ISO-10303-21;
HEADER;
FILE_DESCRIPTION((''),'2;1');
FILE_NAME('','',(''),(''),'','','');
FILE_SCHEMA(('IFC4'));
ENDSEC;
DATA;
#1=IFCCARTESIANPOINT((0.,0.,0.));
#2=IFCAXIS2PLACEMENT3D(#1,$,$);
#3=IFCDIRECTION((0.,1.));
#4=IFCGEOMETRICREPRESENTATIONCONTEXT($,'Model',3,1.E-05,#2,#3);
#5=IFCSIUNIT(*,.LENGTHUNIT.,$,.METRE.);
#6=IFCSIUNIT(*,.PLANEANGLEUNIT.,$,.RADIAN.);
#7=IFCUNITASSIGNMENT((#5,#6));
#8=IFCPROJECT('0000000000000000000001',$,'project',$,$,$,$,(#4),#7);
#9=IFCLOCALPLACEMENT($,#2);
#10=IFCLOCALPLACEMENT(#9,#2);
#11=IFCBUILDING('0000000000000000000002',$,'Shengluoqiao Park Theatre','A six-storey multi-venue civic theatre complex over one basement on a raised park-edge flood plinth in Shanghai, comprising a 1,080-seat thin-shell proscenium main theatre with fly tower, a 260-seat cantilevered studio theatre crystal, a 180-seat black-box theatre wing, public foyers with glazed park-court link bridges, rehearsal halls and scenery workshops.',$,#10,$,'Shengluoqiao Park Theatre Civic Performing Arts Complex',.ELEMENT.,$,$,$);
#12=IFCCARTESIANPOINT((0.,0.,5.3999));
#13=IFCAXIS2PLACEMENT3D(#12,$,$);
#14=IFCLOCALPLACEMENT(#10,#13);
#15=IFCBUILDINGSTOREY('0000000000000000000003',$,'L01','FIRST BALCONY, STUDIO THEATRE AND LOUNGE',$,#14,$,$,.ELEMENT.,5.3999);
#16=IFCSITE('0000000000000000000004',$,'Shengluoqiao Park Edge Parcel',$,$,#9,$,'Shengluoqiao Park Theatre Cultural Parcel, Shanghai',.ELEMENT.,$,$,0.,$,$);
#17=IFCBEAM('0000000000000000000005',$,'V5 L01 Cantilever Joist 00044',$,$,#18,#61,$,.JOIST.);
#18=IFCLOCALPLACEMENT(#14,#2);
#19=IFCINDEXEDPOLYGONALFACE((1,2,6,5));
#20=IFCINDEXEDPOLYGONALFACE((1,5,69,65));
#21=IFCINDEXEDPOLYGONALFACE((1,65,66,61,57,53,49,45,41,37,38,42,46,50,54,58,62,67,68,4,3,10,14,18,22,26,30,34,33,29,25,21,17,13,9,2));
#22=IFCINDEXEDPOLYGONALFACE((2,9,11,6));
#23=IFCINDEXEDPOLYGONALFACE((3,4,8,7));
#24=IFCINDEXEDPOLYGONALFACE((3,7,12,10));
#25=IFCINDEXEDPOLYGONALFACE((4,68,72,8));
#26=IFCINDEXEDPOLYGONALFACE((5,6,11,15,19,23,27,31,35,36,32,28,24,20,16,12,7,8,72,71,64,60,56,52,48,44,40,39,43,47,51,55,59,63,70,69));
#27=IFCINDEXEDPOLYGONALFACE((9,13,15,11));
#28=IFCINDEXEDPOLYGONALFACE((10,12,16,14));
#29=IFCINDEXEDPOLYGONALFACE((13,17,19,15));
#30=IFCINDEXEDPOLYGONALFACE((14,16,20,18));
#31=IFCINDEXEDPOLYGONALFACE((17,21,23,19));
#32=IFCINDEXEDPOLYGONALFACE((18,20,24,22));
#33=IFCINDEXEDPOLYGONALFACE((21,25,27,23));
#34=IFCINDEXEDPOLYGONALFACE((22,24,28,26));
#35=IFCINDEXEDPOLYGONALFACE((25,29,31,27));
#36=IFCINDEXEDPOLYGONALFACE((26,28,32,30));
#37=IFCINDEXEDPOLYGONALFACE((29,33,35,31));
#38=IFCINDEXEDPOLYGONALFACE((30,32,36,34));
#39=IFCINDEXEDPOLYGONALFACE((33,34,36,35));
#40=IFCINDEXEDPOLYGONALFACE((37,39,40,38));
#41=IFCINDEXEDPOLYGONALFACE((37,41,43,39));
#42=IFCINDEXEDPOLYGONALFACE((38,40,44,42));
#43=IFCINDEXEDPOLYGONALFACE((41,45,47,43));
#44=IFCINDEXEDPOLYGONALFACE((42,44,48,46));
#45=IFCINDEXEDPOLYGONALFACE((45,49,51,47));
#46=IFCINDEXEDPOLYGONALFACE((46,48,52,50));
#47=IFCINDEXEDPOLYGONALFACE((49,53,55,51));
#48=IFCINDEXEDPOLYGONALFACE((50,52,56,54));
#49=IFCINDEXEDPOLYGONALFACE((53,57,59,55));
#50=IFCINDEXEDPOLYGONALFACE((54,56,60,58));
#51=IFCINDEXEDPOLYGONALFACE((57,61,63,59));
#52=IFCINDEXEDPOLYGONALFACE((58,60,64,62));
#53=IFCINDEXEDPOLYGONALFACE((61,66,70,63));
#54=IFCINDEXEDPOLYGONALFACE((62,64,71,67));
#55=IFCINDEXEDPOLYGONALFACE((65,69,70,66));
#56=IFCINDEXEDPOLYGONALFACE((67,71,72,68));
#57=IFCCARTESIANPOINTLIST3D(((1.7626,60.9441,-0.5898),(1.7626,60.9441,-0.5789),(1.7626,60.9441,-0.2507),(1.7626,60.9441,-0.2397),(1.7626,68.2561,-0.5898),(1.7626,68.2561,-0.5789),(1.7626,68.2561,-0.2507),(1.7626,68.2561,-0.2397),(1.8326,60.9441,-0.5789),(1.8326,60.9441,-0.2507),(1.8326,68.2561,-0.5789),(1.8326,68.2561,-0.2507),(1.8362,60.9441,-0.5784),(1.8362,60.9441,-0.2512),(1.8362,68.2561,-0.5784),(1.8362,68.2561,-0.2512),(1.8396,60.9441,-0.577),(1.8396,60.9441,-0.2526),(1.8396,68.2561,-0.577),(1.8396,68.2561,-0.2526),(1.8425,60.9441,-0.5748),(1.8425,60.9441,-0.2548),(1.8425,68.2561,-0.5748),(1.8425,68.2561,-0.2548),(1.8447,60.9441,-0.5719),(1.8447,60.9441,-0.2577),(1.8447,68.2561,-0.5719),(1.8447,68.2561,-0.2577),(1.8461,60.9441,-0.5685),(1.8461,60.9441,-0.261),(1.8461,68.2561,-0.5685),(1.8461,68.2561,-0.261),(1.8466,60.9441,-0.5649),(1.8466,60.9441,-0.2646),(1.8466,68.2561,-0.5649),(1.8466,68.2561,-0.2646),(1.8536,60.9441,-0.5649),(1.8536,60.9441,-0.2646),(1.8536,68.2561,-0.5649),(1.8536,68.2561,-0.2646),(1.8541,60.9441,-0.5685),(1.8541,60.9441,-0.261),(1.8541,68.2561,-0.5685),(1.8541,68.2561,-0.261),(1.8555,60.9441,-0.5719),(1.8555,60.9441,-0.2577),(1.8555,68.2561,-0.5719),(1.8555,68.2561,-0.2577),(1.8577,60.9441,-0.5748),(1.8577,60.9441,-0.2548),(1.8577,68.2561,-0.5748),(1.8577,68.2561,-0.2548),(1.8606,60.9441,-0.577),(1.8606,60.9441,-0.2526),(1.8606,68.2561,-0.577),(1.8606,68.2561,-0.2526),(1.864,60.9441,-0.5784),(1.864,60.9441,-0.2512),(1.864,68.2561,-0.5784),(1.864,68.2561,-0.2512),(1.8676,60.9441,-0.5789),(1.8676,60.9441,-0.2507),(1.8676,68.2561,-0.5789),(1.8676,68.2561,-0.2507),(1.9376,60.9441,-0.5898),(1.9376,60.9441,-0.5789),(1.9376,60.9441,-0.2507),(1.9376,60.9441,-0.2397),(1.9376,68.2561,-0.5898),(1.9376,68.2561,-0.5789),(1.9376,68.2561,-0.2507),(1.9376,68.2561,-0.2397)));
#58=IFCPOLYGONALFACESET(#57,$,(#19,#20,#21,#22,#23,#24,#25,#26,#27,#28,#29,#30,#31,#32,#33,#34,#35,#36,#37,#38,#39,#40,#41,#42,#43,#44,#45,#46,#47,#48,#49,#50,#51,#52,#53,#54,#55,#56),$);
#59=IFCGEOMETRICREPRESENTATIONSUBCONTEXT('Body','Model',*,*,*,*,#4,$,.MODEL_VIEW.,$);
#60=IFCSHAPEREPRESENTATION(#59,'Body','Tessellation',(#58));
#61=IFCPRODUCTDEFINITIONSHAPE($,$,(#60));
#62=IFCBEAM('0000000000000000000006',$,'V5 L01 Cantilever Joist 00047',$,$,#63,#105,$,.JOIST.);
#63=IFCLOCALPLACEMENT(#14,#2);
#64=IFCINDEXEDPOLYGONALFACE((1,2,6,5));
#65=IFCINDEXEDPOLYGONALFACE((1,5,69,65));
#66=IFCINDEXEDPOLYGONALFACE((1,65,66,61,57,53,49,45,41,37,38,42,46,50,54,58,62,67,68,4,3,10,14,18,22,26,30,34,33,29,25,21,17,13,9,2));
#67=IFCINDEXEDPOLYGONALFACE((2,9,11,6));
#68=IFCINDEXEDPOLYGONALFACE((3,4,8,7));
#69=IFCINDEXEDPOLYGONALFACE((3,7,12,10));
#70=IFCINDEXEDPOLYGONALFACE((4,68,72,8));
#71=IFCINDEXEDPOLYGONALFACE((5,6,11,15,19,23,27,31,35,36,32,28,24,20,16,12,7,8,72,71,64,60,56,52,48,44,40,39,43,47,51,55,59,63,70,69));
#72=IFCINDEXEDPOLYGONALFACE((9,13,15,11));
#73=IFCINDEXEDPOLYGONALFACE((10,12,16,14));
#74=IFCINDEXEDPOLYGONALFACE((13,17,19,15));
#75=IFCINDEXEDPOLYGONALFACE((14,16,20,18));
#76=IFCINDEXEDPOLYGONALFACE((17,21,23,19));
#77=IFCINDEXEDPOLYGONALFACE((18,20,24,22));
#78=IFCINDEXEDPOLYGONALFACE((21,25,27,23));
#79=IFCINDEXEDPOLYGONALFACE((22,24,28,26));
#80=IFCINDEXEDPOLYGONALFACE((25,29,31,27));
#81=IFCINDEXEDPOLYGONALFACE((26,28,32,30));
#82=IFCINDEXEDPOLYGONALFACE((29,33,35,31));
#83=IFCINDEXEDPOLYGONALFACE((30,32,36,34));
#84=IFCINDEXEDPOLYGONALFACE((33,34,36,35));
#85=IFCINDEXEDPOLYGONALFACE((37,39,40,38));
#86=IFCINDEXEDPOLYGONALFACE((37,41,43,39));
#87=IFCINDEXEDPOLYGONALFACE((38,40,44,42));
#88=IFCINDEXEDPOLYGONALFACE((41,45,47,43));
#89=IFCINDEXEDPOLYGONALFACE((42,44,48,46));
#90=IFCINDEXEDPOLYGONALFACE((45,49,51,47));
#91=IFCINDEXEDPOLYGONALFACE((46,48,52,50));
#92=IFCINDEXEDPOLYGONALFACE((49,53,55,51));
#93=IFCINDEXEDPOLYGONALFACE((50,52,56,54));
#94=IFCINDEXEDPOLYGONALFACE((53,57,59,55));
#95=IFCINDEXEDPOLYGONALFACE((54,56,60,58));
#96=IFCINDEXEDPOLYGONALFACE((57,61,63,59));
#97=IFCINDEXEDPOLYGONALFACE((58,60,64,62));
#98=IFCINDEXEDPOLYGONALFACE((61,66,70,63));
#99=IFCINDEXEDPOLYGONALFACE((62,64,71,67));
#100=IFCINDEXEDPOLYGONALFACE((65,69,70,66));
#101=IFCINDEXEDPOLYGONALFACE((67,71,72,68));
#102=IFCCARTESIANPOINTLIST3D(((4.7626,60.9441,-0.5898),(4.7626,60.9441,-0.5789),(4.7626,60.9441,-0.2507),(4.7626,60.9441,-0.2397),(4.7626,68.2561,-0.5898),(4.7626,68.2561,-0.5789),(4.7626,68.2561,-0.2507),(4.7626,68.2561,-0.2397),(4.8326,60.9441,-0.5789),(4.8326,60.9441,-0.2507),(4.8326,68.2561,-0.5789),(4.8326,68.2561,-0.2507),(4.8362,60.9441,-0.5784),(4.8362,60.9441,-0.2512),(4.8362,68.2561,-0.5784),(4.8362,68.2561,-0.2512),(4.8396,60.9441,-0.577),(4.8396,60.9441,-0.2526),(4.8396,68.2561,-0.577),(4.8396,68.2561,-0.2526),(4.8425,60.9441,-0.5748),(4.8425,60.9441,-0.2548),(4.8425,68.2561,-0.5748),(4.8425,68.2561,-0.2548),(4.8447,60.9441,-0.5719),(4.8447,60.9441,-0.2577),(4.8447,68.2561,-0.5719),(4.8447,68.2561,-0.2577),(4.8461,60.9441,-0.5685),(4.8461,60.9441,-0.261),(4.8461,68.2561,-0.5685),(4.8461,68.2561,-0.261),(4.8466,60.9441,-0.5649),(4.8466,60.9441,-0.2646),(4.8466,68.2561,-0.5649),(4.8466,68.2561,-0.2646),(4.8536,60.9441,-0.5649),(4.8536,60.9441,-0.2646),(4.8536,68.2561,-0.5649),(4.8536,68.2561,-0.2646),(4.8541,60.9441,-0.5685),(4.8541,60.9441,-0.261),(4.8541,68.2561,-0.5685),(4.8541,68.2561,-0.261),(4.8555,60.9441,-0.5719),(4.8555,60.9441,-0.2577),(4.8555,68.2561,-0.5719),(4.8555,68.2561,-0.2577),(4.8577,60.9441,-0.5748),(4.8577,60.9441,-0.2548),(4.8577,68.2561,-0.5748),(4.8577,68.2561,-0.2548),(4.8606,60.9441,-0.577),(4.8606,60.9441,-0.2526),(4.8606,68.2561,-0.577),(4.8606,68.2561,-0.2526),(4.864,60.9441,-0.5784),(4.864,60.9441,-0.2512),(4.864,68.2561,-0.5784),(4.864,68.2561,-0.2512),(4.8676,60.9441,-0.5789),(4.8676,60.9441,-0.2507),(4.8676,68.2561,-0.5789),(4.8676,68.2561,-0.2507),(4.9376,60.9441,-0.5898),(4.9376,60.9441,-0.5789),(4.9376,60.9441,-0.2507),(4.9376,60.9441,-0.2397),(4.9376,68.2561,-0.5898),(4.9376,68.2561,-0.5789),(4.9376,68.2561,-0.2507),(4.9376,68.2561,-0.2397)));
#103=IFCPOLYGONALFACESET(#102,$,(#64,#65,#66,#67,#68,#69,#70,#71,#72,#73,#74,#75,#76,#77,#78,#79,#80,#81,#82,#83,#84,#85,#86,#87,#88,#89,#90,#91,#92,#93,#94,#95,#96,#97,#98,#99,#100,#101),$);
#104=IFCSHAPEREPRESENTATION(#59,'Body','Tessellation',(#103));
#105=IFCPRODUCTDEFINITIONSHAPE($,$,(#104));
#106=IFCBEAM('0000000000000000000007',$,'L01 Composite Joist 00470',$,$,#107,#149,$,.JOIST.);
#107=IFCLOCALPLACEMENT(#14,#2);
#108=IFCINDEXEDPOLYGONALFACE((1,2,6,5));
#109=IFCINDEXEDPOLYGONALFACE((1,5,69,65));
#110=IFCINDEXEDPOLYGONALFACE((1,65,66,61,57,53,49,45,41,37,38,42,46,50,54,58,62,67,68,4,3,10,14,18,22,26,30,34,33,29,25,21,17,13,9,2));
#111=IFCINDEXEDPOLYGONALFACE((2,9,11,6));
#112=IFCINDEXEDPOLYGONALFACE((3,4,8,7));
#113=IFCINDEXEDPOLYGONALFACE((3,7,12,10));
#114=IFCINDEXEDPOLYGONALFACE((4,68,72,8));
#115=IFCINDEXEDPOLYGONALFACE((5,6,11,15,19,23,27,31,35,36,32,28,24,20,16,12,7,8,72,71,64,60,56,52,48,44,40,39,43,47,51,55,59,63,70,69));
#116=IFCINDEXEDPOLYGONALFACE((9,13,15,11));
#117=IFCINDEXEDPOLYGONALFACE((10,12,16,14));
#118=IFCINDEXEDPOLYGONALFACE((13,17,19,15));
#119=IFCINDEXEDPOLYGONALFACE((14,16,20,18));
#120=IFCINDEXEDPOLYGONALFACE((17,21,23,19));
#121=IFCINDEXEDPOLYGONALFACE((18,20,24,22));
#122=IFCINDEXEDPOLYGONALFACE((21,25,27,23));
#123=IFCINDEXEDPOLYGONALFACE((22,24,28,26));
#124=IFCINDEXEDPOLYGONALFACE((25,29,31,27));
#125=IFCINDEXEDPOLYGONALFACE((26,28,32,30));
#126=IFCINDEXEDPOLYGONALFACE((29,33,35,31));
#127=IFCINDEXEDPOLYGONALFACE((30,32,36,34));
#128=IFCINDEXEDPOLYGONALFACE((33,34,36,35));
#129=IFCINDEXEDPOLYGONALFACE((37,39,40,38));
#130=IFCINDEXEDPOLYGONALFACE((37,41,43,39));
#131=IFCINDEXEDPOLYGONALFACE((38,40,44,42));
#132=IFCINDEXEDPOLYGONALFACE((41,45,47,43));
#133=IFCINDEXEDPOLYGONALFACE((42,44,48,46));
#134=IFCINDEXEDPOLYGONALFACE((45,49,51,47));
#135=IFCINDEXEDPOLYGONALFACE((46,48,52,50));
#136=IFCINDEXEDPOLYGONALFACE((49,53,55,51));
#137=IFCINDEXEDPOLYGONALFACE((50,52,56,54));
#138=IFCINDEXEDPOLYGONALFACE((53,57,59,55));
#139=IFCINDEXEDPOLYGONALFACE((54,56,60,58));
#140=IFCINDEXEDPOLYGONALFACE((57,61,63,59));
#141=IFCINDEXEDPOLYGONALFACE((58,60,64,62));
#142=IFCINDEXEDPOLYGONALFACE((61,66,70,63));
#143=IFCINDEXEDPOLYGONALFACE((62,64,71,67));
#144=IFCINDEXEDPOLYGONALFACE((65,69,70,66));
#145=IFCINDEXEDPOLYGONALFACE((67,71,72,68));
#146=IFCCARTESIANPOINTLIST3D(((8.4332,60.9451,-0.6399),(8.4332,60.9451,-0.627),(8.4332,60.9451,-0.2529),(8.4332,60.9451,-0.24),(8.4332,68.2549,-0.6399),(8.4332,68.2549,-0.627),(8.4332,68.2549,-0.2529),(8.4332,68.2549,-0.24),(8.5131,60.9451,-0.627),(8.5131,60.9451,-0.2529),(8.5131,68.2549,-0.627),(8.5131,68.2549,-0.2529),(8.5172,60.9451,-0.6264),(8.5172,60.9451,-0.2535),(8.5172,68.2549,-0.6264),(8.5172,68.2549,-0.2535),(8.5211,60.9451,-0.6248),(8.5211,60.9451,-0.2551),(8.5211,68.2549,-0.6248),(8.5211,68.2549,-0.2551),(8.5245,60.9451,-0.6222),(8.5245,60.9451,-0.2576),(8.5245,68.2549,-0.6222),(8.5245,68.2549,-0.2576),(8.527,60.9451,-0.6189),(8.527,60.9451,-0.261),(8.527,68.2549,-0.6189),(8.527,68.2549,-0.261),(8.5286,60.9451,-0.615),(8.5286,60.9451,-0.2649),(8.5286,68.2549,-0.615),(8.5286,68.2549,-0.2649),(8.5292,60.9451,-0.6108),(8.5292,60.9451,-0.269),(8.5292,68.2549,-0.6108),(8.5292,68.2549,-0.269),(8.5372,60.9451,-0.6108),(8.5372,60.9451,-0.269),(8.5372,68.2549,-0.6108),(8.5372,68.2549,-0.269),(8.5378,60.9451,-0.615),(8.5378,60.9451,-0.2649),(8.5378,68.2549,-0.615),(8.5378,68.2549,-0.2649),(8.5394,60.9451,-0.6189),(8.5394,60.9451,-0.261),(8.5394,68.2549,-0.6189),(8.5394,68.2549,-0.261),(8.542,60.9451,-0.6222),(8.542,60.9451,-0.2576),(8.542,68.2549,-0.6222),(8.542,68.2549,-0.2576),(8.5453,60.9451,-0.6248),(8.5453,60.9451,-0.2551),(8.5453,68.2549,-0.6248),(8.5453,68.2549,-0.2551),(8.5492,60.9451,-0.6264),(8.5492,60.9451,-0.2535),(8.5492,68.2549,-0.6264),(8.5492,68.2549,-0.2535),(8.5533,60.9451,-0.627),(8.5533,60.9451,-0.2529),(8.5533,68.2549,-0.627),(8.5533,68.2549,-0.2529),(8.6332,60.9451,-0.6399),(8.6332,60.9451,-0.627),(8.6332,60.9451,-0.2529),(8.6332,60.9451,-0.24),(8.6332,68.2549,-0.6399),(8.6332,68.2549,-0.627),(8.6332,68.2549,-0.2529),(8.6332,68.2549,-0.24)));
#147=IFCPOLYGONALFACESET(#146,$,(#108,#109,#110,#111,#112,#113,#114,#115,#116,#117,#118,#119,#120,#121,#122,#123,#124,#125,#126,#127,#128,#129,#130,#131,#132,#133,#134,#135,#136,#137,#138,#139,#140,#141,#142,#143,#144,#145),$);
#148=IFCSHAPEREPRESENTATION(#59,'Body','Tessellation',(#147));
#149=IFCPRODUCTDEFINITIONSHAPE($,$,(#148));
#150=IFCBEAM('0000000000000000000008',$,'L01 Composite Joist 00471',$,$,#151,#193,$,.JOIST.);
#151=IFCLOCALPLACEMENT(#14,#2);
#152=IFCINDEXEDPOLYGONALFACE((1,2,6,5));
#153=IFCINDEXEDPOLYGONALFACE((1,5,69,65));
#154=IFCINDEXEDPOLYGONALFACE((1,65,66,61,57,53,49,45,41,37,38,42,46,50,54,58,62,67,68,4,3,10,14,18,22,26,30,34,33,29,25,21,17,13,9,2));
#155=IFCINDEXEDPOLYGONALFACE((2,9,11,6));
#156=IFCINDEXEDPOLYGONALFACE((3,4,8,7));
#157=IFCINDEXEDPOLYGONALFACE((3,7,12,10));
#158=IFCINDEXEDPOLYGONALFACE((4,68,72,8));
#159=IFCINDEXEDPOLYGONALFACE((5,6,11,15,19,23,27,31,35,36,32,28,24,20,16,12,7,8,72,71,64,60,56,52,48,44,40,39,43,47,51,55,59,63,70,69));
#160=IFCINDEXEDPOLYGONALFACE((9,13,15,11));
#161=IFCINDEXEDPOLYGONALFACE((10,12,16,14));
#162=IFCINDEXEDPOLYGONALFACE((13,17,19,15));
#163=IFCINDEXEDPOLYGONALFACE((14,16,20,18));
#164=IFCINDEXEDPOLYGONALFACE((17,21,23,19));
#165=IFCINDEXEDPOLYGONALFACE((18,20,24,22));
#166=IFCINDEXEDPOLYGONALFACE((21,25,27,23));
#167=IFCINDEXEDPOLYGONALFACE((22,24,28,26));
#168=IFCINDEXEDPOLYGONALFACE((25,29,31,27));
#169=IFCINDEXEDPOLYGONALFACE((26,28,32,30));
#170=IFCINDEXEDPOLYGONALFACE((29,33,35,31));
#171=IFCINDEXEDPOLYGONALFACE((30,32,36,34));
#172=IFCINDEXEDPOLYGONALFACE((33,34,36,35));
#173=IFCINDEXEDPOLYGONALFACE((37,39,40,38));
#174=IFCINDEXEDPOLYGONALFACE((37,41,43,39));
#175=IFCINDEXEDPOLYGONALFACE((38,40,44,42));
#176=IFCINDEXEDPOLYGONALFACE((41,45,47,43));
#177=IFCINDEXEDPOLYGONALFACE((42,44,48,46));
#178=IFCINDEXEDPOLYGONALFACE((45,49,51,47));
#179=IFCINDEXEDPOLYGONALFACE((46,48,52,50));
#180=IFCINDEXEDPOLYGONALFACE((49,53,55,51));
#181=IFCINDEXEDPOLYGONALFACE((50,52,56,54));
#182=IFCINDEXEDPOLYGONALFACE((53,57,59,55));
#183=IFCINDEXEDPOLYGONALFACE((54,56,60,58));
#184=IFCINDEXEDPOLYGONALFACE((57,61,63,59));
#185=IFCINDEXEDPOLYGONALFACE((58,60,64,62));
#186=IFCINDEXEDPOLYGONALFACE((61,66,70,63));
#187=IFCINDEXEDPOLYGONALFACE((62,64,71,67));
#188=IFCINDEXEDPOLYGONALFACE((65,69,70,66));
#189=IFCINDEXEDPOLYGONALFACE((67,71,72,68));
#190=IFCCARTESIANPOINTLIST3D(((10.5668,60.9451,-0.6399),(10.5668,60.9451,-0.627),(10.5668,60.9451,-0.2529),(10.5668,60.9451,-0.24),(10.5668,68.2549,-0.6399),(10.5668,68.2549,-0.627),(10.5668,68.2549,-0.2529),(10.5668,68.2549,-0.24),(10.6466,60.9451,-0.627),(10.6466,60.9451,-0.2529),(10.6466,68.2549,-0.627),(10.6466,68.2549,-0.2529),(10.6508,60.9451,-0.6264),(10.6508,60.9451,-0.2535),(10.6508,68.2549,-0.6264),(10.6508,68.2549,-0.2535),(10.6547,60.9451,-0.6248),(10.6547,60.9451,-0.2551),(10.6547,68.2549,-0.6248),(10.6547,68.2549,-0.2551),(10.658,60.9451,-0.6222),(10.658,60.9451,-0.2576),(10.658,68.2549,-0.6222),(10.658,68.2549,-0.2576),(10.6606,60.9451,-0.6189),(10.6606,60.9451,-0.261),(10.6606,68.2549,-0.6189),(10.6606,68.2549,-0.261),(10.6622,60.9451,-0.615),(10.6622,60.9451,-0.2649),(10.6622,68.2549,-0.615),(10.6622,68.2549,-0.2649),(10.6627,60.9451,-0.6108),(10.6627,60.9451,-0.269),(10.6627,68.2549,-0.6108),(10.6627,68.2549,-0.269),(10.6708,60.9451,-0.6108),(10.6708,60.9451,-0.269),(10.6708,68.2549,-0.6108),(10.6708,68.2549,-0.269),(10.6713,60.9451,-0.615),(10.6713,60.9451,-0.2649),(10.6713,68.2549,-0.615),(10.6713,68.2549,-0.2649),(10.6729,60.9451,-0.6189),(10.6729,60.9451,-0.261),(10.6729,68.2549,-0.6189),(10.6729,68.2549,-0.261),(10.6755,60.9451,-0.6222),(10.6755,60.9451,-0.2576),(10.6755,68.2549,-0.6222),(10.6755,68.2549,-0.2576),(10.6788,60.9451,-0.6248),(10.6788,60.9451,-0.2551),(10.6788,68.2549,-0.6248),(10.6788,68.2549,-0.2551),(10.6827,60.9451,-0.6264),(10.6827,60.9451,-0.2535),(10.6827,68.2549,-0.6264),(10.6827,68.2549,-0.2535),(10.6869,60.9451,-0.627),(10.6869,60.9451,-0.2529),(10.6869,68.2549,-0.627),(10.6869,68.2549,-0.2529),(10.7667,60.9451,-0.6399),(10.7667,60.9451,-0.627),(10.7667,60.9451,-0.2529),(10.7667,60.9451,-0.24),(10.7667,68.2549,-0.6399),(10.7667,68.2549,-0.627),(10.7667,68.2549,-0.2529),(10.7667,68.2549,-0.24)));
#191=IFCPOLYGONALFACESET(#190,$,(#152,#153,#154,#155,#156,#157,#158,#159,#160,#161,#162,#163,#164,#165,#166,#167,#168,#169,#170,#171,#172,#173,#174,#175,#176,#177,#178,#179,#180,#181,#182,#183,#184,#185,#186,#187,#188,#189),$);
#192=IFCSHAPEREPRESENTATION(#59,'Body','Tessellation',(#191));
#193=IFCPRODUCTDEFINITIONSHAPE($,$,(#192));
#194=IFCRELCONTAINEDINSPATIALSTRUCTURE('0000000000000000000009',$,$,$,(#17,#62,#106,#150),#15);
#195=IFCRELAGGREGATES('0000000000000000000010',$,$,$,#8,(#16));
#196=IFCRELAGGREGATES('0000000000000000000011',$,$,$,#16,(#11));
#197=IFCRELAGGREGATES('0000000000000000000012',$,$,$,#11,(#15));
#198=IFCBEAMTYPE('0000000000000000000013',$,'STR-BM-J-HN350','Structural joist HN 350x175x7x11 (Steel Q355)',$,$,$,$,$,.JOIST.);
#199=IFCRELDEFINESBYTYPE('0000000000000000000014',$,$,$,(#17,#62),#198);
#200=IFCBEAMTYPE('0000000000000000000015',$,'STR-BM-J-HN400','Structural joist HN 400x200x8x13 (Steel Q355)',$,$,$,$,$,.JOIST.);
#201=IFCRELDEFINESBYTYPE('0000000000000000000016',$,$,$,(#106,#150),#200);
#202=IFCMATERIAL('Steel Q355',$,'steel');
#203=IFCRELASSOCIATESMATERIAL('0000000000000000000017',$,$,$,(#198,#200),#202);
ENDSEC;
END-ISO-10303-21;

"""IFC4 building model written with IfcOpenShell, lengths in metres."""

from ifc_helpers import new_model, si_unit, direction, frame, origin, origin_2d, place, context, subcontext, project, spatial, i_section, extrude, material, material_profile, profile_set, type_object, element, save


model = new_model("IFC4")

# Units and contexts
model_context = context("Model", 3, precision=1e-05, world=origin(), true_north=direction((0.0, 1.0)))
body_context = subcontext(model_context, "Body", "Model", "MODEL_VIEW")
ifc_project = project(units=[si_unit("LENGTHUNIT", "METRE"), si_unit("PLANEANGLEUNIT", "RADIAN")], contexts=[model_context])

# Site, building, storey
site_placement = place(None, origin())
site = spatial("IfcSite", under=ifc_project, at=site_placement, Name="Shengluoqiao Park Edge Parcel", LongName="Shengluoqiao Park Theatre Cultural Parcel, Shanghai", CompositionType="ELEMENT", RefElevation=0.0)
building_placement = place(site_placement, origin())
building = spatial("IfcBuilding", under=site, at=building_placement, Name="Shengluoqiao Park Theatre", Description="A six-storey multi-venue civic theatre complex over one basement on a raised park-edge flood plinth in Shanghai, comprising a 1,080-seat thin-shell proscenium main theatre with fly tower, a 260-seat cantilevered studio theatre crystal, a 180-seat black-box theatre wing, public foyers with glazed park-court link bridges, rehearsal halls and scenery workshops.", LongName="Shengluoqiao Park Theatre Civic Performing Arts Complex", CompositionType="ELEMENT")
storey_placement = place(building_placement, frame((0.0, 0.0, 5.3999)))
storey = spatial("IfcBuildingStorey", under=building, at=storey_placement, Name="L01", Description="FIRST BALCONY, STUDIO THEATRE AND LOUNGE", CompositionType="ELEMENT", Elevation=5.3999)

# Beams
ifc_material_1 = material(Name="Steel Q355", Category="steel")
ifc_material_profile_1 = material_profile(ifc_material_1, i_section(OverallWidth=0.175, OverallDepth=0.3501, WebThickness=0.0071, FlangeThickness=0.011, FilletRadius=0.0139, at=origin_2d()), Name="HN 350x175x7x11")
ifc_profile_set_1 = profile_set([ifc_material_profile_1], Name="Steel Q355")
beam_type_1 = type_object("IfcBeamType", Name="STR-BM-J-HN350", Description="Structural joist HN 350x175x7x11 (Steel Q355)", PredefinedType="JOIST", material=ifc_profile_set_1)
for number, where, z_axis, x_axis, name in (
    (1, (1.8501, 60.9441, -0.4148), (0.0, 1.0, 0.0), (-1.0, 0.0, 0.0), "V5 L01 Cantilever Joist 00044"),
    (2, (4.8501, 60.9441, -0.4148), (0.0, 1.0, 0.0), (-1.0, 0.0, 0.0), "V5 L01 Cantilever Joist 00047"),
):
    element("IfcBeam", number, at=place(storey_placement, frame(where, z_axis=z_axis, x_axis=x_axis)), inside=storey, type_object=beam_type_1, Name=name, PredefinedType="JOIST", context=body_context, shape_type="SweptSolid", body=[
        extrude(i_section(OverallWidth=0.175, OverallDepth=0.3501, WebThickness=0.0071, FlangeThickness=0.011, FilletRadius=0.0139, at=origin_2d()), origin(), (0.0, 0.0, 1.0), 7.312),
    ])
ifc_material_profile_2 = material_profile(ifc_material_1, i_section(OverallWidth=0.2, OverallDepth=0.3999, WebThickness=0.0081, FlangeThickness=0.0129, FilletRadius=0.0161, at=origin_2d()), Name="HN 400x200x8x13")
ifc_profile_set_2 = profile_set([ifc_material_profile_2], Name="Steel Q355")
beam_type_2 = type_object("IfcBeamType", Name="STR-BM-J-HN400", Description="Structural joist HN 400x200x8x13 (Steel Q355)", PredefinedType="JOIST", material=ifc_profile_set_2)
for number, where, z_axis, x_axis, name in (
    (3, (8.5332, 60.9451, -0.4399), (0.0, 1.0, 0.0), (-1.0, 0.0, 0.0), "L01 Composite Joist 00470"),
    (4, (10.6667, 60.9451, -0.4399), (0.0, 1.0, 0.0), (-1.0, 0.0, 0.0), "L01 Composite Joist 00471"),
):
    element("IfcBeam", number, at=place(storey_placement, frame(where, z_axis=z_axis, x_axis=x_axis)), inside=storey, type_object=beam_type_2, Name=name, PredefinedType="JOIST", context=body_context, shape_type="SweptSolid", body=[
        extrude(i_section(OverallWidth=0.2, OverallDepth=0.3999, WebThickness=0.0081, FlangeThickness=0.0129, FilletRadius=0.0161, at=origin_2d()), origin(), (0.0, 0.0, 1.0), 7.3098),
    ])

save(model, "model.ifc")
